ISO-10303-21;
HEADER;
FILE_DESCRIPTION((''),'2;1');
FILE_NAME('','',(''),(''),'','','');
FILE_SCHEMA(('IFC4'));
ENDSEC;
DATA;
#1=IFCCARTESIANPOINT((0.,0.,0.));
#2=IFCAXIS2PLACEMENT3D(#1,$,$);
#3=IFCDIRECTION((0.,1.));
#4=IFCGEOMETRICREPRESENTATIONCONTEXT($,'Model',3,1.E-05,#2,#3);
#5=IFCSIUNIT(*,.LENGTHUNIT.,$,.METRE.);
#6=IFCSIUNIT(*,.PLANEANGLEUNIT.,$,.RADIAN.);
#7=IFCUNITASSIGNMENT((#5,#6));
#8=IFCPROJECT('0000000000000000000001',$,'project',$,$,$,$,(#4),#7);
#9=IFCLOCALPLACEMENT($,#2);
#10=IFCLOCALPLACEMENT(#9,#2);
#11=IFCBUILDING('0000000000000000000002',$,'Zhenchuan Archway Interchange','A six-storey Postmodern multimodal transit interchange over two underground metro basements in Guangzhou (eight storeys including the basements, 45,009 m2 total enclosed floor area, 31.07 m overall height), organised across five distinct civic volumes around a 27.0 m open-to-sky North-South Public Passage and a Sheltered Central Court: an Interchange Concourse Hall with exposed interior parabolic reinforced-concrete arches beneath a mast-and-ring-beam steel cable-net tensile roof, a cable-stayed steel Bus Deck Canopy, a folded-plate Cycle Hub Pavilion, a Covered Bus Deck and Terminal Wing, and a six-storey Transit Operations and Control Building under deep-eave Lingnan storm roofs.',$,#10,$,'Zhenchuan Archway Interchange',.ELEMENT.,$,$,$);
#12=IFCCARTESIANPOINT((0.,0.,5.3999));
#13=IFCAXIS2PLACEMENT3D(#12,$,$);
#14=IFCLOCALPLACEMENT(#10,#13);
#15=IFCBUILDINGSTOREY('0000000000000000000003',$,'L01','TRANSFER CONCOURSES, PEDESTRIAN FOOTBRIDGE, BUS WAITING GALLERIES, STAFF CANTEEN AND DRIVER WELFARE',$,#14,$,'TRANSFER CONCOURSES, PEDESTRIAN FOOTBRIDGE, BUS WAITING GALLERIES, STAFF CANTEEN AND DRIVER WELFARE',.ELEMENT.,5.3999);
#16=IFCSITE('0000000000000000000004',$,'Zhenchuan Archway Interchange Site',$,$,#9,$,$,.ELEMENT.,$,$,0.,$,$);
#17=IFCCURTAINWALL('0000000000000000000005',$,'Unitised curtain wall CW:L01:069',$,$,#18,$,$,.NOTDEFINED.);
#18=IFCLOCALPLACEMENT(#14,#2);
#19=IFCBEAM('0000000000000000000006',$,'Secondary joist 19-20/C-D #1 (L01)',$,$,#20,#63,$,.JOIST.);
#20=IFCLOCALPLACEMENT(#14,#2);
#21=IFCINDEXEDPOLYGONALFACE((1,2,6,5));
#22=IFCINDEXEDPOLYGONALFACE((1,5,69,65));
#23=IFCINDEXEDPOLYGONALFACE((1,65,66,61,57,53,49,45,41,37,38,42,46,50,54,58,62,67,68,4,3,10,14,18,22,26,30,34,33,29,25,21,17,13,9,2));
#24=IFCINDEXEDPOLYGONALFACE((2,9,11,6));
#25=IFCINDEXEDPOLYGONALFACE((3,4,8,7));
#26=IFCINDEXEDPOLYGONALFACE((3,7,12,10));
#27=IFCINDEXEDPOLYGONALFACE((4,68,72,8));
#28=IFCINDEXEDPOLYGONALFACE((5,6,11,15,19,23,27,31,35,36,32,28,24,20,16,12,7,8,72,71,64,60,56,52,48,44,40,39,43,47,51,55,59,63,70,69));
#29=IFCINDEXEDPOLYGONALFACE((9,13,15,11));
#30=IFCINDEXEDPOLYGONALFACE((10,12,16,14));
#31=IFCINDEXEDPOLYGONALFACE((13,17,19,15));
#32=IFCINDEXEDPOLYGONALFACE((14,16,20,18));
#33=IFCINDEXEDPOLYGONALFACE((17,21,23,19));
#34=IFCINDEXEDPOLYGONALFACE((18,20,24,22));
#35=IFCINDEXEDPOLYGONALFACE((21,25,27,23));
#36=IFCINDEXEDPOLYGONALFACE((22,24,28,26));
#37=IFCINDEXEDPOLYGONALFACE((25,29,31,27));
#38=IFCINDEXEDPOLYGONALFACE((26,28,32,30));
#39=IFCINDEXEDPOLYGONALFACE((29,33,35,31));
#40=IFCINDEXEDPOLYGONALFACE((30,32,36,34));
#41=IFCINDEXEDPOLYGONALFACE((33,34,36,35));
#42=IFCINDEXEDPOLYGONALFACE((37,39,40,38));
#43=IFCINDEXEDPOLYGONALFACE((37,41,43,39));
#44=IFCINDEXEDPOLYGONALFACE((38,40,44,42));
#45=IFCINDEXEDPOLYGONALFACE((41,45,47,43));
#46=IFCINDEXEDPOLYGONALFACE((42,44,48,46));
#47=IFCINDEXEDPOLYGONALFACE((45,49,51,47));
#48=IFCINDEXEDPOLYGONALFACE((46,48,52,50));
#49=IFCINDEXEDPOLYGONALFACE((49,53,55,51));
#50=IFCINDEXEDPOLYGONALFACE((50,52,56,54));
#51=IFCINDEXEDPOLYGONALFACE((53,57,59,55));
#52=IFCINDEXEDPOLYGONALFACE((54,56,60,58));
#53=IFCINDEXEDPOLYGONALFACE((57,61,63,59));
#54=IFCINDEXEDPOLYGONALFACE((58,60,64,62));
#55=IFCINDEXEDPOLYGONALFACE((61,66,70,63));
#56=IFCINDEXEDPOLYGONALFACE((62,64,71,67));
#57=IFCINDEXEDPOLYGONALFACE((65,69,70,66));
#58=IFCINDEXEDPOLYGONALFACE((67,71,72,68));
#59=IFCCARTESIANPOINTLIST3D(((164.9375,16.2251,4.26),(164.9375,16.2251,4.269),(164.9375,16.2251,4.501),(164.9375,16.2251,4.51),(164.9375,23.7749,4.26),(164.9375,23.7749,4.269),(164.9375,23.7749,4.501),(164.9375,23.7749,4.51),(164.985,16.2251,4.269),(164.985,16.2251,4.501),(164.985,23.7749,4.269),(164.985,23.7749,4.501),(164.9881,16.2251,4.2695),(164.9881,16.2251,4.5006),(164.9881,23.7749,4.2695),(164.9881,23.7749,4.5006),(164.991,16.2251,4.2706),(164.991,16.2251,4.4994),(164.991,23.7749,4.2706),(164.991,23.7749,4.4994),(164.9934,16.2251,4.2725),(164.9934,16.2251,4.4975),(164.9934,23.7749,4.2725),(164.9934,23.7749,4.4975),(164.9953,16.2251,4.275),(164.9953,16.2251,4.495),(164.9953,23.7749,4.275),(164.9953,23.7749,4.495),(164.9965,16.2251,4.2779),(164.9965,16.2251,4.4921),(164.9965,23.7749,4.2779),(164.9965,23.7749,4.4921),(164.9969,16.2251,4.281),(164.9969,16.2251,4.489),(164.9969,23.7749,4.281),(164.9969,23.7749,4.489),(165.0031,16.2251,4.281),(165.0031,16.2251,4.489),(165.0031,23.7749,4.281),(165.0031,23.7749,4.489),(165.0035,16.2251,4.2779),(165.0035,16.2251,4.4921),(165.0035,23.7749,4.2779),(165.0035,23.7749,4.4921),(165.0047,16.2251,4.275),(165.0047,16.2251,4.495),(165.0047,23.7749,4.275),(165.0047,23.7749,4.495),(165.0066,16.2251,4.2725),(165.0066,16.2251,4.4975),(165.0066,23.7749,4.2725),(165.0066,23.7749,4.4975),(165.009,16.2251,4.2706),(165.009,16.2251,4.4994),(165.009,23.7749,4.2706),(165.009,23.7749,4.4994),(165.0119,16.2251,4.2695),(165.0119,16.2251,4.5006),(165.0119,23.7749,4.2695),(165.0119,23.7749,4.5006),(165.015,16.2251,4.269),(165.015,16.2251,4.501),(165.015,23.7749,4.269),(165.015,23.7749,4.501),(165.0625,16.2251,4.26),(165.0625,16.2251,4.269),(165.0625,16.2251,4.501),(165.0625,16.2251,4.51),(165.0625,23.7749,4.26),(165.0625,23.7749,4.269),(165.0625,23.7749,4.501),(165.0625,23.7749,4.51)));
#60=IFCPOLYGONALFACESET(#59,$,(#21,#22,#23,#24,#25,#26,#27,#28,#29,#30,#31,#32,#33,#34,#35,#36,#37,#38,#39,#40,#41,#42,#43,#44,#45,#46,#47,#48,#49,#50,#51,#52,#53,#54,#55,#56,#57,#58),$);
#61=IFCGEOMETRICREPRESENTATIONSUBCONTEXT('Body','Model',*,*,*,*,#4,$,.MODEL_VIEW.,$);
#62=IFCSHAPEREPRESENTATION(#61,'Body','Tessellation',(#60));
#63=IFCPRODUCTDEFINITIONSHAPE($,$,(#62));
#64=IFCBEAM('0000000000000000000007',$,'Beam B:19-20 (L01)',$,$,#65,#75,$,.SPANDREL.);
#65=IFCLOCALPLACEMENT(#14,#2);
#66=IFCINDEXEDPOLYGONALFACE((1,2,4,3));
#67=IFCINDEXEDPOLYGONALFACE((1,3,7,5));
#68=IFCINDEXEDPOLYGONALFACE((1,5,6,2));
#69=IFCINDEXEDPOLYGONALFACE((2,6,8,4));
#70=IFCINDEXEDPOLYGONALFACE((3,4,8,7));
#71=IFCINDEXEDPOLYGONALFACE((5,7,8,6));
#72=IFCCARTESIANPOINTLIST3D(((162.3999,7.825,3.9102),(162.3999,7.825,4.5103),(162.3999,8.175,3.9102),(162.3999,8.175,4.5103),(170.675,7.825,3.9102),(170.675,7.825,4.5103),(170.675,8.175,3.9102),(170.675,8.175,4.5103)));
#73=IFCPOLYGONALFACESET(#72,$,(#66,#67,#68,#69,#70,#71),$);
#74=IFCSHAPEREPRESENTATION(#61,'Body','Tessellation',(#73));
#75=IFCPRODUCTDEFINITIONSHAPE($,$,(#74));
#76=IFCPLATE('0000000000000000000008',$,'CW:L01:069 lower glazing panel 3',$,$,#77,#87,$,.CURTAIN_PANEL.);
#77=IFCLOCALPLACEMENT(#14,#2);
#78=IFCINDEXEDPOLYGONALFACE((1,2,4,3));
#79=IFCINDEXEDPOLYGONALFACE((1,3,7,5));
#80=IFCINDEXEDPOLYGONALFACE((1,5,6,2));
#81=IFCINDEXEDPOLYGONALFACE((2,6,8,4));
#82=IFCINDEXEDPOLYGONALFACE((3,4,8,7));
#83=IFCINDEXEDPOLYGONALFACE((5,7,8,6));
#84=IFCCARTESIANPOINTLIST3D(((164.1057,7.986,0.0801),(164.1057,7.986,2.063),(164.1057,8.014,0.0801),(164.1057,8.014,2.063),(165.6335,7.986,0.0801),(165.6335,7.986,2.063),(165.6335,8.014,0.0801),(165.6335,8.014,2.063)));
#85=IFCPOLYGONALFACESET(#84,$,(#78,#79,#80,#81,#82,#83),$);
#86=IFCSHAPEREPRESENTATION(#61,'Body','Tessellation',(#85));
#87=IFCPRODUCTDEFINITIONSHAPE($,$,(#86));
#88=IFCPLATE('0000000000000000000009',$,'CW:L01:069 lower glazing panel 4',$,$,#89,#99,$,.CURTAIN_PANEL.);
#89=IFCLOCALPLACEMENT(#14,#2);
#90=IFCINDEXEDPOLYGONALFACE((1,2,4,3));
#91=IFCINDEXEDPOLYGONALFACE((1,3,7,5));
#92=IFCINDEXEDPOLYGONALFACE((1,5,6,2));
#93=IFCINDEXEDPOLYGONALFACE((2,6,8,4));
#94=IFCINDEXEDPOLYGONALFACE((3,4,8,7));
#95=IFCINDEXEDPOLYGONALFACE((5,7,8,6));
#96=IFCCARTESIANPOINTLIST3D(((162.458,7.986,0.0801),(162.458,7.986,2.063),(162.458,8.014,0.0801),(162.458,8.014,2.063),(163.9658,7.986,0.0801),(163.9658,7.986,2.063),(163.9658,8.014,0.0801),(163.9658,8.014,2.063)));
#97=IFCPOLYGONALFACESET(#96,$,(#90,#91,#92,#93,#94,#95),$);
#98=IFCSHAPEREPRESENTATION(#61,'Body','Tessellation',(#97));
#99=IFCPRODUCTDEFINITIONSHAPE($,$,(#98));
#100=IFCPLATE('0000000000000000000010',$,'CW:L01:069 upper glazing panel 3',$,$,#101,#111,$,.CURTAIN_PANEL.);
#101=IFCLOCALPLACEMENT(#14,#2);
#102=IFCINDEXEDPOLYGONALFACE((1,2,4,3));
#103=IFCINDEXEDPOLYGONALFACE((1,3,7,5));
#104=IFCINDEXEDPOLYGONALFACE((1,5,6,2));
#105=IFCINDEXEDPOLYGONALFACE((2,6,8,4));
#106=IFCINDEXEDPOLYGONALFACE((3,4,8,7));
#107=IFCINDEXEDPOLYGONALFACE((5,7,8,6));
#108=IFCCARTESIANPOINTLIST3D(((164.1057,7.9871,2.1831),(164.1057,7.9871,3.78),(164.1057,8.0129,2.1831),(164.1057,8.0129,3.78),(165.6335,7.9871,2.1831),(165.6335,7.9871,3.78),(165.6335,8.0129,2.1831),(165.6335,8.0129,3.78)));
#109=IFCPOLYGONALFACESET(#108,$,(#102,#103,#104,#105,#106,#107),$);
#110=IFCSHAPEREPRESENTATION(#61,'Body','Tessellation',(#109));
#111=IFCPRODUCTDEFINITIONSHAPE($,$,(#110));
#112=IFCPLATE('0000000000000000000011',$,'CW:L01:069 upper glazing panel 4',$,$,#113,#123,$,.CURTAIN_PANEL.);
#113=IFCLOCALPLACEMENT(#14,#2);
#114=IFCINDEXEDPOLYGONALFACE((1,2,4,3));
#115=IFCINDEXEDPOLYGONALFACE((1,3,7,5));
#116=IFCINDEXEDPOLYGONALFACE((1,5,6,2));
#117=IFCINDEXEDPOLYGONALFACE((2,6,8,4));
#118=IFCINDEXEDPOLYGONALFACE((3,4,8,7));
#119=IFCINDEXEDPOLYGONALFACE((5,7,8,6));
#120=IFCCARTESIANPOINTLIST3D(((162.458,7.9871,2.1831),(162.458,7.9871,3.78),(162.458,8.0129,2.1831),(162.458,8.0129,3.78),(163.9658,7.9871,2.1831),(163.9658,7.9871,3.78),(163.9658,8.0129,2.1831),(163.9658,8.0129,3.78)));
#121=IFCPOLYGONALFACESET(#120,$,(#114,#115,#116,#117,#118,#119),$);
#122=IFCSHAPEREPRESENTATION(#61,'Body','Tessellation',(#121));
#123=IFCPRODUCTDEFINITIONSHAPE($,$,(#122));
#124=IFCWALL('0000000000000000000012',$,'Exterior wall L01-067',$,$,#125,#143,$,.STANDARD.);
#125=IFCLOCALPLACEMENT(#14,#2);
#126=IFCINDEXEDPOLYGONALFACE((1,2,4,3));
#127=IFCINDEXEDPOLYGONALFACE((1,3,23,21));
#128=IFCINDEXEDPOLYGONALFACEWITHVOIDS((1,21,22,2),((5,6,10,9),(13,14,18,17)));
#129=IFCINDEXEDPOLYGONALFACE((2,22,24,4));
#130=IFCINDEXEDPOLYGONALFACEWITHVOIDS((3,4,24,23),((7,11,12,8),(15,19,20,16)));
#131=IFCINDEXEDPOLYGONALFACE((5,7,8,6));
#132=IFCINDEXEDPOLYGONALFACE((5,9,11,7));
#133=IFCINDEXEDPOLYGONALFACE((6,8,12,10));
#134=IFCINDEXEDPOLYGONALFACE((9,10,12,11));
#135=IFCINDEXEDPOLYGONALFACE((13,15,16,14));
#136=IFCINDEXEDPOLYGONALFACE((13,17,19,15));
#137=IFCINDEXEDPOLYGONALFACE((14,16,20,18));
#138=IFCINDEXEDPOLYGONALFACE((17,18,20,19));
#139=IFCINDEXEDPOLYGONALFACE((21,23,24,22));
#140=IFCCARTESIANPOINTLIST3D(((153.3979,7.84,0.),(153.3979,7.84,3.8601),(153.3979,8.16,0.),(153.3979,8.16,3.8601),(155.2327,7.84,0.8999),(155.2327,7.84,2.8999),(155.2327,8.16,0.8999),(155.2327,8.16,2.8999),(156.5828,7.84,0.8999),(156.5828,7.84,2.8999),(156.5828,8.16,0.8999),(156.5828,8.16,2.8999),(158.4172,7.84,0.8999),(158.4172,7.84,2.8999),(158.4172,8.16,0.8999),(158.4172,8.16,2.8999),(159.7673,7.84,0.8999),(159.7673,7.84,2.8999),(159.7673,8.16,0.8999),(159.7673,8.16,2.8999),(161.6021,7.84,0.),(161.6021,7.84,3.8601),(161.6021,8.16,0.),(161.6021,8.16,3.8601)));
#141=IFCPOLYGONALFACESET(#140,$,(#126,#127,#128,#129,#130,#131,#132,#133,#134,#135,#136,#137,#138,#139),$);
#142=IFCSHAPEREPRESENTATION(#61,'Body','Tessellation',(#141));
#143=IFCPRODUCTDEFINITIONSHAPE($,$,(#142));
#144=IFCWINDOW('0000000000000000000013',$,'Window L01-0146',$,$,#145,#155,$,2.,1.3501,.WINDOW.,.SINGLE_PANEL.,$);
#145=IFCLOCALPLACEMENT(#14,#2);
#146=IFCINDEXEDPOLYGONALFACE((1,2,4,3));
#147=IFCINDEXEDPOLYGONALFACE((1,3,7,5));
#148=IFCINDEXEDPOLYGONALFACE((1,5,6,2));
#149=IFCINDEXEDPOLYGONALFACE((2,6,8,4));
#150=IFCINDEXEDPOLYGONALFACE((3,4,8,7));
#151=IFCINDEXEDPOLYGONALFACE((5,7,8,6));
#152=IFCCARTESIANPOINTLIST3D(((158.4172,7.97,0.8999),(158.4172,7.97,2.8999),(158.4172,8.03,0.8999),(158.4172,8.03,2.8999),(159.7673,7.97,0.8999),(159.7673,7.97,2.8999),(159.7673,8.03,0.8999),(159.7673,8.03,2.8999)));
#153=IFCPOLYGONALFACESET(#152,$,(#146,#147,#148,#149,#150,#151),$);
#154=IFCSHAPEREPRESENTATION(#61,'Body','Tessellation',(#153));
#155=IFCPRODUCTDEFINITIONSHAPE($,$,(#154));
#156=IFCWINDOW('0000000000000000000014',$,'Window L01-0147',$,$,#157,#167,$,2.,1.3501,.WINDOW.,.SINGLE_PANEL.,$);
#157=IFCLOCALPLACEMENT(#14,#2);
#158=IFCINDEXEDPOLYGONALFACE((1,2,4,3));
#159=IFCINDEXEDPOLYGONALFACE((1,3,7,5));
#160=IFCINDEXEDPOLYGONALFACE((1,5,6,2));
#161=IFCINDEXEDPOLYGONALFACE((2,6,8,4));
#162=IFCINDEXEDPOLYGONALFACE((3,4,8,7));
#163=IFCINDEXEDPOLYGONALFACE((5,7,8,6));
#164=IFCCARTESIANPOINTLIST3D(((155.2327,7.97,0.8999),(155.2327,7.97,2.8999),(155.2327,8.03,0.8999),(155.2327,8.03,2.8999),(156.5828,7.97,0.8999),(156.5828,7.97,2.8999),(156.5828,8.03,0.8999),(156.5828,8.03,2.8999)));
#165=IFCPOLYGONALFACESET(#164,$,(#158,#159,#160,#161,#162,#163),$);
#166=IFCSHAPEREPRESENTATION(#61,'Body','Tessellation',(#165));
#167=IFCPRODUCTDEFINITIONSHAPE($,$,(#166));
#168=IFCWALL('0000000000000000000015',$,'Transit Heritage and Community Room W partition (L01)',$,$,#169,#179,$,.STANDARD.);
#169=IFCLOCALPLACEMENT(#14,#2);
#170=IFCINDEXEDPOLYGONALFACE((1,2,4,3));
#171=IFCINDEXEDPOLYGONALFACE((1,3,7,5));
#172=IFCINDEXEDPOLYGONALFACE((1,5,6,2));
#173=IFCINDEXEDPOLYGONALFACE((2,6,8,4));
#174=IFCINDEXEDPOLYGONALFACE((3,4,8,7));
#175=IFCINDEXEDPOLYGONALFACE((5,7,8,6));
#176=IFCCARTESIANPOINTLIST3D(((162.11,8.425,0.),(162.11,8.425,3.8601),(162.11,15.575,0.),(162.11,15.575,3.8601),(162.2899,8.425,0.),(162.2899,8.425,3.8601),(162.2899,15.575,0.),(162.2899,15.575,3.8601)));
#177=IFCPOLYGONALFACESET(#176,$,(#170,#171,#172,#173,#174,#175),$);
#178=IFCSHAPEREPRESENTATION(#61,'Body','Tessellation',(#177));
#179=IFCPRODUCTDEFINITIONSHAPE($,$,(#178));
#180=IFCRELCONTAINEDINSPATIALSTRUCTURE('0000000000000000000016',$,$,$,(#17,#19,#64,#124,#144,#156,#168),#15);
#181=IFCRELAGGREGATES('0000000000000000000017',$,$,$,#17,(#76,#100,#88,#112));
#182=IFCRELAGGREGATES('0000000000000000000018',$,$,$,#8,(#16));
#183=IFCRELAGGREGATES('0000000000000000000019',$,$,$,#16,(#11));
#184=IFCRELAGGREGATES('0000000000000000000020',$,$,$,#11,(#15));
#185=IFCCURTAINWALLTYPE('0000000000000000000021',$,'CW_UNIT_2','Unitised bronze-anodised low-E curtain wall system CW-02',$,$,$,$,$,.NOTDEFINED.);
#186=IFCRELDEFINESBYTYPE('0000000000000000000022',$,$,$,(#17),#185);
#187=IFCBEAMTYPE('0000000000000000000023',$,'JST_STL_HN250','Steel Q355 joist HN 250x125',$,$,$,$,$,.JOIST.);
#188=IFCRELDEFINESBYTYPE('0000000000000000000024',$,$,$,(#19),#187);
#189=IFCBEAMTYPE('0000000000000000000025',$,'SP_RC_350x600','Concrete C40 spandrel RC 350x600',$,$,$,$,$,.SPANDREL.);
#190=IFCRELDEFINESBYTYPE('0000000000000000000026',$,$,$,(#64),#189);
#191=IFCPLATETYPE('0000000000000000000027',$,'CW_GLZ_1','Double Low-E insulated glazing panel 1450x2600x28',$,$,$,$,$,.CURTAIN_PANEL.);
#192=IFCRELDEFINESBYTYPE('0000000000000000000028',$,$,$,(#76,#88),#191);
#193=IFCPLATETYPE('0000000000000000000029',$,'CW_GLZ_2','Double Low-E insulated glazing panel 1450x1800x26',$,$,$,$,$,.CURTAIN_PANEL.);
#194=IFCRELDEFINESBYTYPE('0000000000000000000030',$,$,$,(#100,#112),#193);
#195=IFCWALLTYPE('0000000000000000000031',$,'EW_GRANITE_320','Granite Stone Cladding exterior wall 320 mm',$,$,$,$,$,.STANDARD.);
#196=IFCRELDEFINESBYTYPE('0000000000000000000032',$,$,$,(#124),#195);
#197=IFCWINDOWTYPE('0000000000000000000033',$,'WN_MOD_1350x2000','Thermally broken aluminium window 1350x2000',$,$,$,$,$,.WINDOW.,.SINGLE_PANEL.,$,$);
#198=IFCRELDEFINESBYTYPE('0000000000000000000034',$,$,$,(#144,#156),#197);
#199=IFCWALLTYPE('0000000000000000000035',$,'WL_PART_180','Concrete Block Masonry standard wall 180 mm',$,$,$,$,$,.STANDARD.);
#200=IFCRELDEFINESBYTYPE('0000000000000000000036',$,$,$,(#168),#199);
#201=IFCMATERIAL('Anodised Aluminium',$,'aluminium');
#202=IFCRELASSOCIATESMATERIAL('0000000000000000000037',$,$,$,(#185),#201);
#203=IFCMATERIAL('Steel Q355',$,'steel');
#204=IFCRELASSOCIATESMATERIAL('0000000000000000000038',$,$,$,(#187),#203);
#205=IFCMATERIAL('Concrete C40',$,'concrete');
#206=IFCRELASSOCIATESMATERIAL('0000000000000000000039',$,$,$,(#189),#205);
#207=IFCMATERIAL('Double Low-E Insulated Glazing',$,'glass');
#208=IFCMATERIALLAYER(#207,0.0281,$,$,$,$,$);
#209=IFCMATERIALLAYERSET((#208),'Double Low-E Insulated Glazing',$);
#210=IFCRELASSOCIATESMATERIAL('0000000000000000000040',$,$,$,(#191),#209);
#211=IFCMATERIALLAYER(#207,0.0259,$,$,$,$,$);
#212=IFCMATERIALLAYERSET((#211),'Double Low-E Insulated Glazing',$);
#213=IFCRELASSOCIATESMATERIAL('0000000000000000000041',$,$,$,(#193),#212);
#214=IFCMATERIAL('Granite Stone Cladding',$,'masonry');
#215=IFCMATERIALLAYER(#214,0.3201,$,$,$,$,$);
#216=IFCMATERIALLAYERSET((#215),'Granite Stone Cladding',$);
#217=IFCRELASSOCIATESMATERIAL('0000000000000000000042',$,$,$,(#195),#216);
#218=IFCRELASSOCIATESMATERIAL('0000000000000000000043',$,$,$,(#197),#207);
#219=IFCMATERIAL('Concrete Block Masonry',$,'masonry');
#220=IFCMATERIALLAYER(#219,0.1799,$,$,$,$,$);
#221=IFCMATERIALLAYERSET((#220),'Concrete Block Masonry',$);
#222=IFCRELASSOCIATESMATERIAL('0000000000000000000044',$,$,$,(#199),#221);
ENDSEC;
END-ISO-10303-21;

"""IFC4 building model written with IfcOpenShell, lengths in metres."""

from ifc_helpers import new_model, si_unit, direction, frame, frame_2d, origin, origin_2d, place, context, subcontext, project, spatial, rectangle, i_section, extrude, material, layer, layer_set, material_profile, profile_set, type_object, element, fill, aggregate, save


model = new_model("IFC4")

# Units and contexts
model_context = context("Model", 3, precision=1e-05, world=origin(), true_north=direction((0.0, 1.0)))
body_context = subcontext(model_context, "Body", "Model", "MODEL_VIEW")
ifc_project = project(units=[si_unit("LENGTHUNIT", "METRE"), si_unit("PLANEANGLEUNIT", "RADIAN")], contexts=[model_context])

# Site, building, storey
site_placement = place(None, origin())
site = spatial("IfcSite", under=ifc_project, at=site_placement, Name="Zhenchuan Archway Interchange Site", CompositionType="ELEMENT", RefElevation=0.0)
building_placement = place(site_placement, origin())
building = spatial("IfcBuilding", under=site, at=building_placement, Name="Zhenchuan Archway Interchange", Description="A six-storey Postmodern multimodal transit interchange over two underground metro basements in Guangzhou (eight storeys including the basements, 45,009 m2 total enclosed floor area, 31.07 m overall height), organised across five distinct civic volumes around a 27.0 m open-to-sky North-South Public Passage and a Sheltered Central Court: an Interchange Concourse Hall with exposed interior parabolic reinforced-concrete arches beneath a mast-and-ring-beam steel cable-net tensile roof, a cable-stayed steel Bus Deck Canopy, a folded-plate Cycle Hub Pavilion, a Covered Bus Deck and Terminal Wing, and a six-storey Transit Operations and Control Building under deep-eave Lingnan storm roofs.", LongName="Zhenchuan Archway Interchange", CompositionType="ELEMENT")
storey_placement = place(building_placement, frame((0.0, 0.0, 5.3999)))
storey = spatial("IfcBuildingStorey", under=building, at=storey_placement, Name="L01", Description="TRANSFER CONCOURSES, PEDESTRIAN FOOTBRIDGE, BUS WAITING GALLERIES, STAFF CANTEEN AND DRIVER WELFARE", LongName="TRANSFER CONCOURSES, PEDESTRIAN FOOTBRIDGE, BUS WAITING GALLERIES, STAFF CANTEEN AND DRIVER WELFARE", CompositionType="ELEMENT", Elevation=5.3999)

# Shared definitions
ifc_material_1 = material(Name="Concrete C40", Category="concrete")

# Curtain wall
ifc_material_2 = material(Name="Anodised Aluminium", Category="aluminium")
curtain_wall_type = type_object("IfcCurtainWallType", Name="CW_UNIT_2", Description="Unitised bronze-anodised low-E curtain wall system CW-02", PredefinedType="NOTDEFINED", material=ifc_material_2)
curtain_wall_placement = place(storey_placement, origin())
curtain_wall = element("IfcCurtainWall", 1, at=curtain_wall_placement, inside=storey, type_object=curtain_wall_type, Name="Unitised curtain wall CW:L01:069", PredefinedType="NOTDEFINED")

# Beams
ifc_material_3 = material(Name="Steel Q355", Category="steel")
ifc_material_profile_1 = material_profile(ifc_material_3, i_section(OverallWidth=0.125, OverallDepth=0.25, WebThickness=0.0061, FlangeThickness=0.009, FilletRadius=0.012, at=origin_2d()), Name="HN 250x125")
ifc_profile_set_1 = profile_set([ifc_material_profile_1], Name="Steel Q355")
beam_type_1 = type_object("IfcBeamType", Name="JST_STL_HN250", Description="Steel Q355 joist HN 250x125", PredefinedType="JOIST", material=ifc_profile_set_1)
beam_1_placement = place(storey_placement, frame((165.0, 16.2251, 4.385), z_axis=(0.0, 1.0, 0.0), x_axis=(-1.0, 0.0, 0.0)))
element("IfcBeam", 2, at=beam_1_placement, inside=storey, type_object=beam_type_1, Name="Secondary joist 19-20/C-D #1 (L01)", PredefinedType="JOIST", context=body_context, shape_type="SweptSolid", body=[
    extrude(i_section(OverallWidth=0.125, OverallDepth=0.25, WebThickness=0.0061, FlangeThickness=0.009, FilletRadius=0.012, at=origin_2d()), origin(), (0.0, 0.0, 1.0), 7.5498),
])
ifc_material_profile_2 = material_profile(ifc_material_1, rectangle(XDim=0.3501, YDim=0.6001, at=origin_2d()), Name="RC 350x600")
ifc_profile_set_2 = profile_set([ifc_material_profile_2], Name="Concrete C40")
beam_type_2 = type_object("IfcBeamType", Name="SP_RC_350x600", Description="Concrete C40 spandrel RC 350x600", PredefinedType="SPANDREL", material=ifc_profile_set_2)
beam_2_placement = place(storey_placement, frame((162.3999, 8.0, 4.2102), z_axis=(1.0, 0.0, 0.0), x_axis=(0.0, 1.0, 0.0)))
element("IfcBeam", 3, at=beam_2_placement, inside=storey, type_object=beam_type_2, Name="Beam B:19-20 (L01)", PredefinedType="SPANDREL", context=body_context, shape_type="SweptSolid", body=[
    extrude(rectangle(XDim=0.3501, YDim=0.6001, at=origin_2d()), origin(), (0.0, 0.0, 1.0), 8.2751),
])

# Plates
ifc_material_4 = material(Name="Double Low-E Insulated Glazing", Category="glass")
ifc_layer_1 = layer(ifc_material_4, 0.0281)
ifc_layer_set_1 = layer_set([ifc_layer_1], Name="Double Low-E Insulated Glazing")
plate_type_1 = type_object("IfcPlateType", Name="CW_GLZ_1", Description="Double Low-E insulated glazing panel 1450x2600x28", PredefinedType="CURTAIN_PANEL", material=ifc_layer_set_1)
plate_1_placement = place(storey_placement, frame((164.8696, 8.0, 0.0801), z_axis=(0.0, 0.0, 1.0), x_axis=(-1.0, 0.0, 0.0)))
plate_1 = element("IfcPlate", 4, at=plate_1_placement, type_object=plate_type_1, Name="CW:L01:069 lower glazing panel 3", PredefinedType="CURTAIN_PANEL", context=body_context, shape_type="SweptSolid", body=[
    extrude(rectangle(XDim=1.5278, YDim=0.0281, at=origin_2d()), origin(), (0.0, 0.0, 1.0), 1.9829),
])
plate_2_placement = place(storey_placement, frame((163.2119, 8.0, 0.0801), z_axis=(0.0, 0.0, 1.0), x_axis=(-1.0, 0.0, 0.0)))
plate_2 = element("IfcPlate", 5, at=plate_2_placement, type_object=plate_type_1, Name="CW:L01:069 lower glazing panel 4", PredefinedType="CURTAIN_PANEL", context=body_context, shape_type="SweptSolid", body=[
    extrude(rectangle(XDim=1.5078, YDim=0.0281, at=origin_2d()), origin(), (0.0, 0.0, 1.0), 1.9829),
])
ifc_layer_2 = layer(ifc_material_4, 0.0259)
ifc_layer_set_2 = layer_set([ifc_layer_2], Name="Double Low-E Insulated Glazing")
plate_type_2 = type_object("IfcPlateType", Name="CW_GLZ_2", Description="Double Low-E insulated glazing panel 1450x1800x26", PredefinedType="CURTAIN_PANEL", material=ifc_layer_set_2)
plate_3_placement = place(storey_placement, frame((164.8696, 8.0, 2.1831), z_axis=(0.0, 0.0, 1.0), x_axis=(-1.0, 0.0, 0.0)))
plate_3 = element("IfcPlate", 6, at=plate_3_placement, type_object=plate_type_2, Name="CW:L01:069 upper glazing panel 3", PredefinedType="CURTAIN_PANEL", context=body_context, shape_type="SweptSolid", body=[
    extrude(rectangle(XDim=1.5278, YDim=0.0259, at=origin_2d()), origin(), (0.0, 0.0, 1.0), 1.5969),
])
plate_4_placement = place(storey_placement, frame((163.2119, 8.0, 2.1831), z_axis=(0.0, 0.0, 1.0), x_axis=(-1.0, 0.0, 0.0)))
plate_4 = element("IfcPlate", 7, at=plate_4_placement, type_object=plate_type_2, Name="CW:L01:069 upper glazing panel 4", PredefinedType="CURTAIN_PANEL", context=body_context, shape_type="SweptSolid", body=[
    extrude(rectangle(XDim=1.5078, YDim=0.0259, at=origin_2d()), origin(), (0.0, 0.0, 1.0), 1.5969),
])
aggregate(curtain_wall, [plate_1, plate_3, plate_2, plate_4])

# Wall, openings, windows
ifc_material_5 = material(Name="Granite Stone Cladding", Category="masonry")
ifc_layer_3 = layer(ifc_material_5, 0.3201)
ifc_layer_set_3 = layer_set([ifc_layer_3], Name="Granite Stone Cladding")
wall_type_1 = type_object("IfcWallType", Name="EW_GRANITE_320", Description="Granite Stone Cladding exterior wall 320 mm", PredefinedType="STANDARD", material=ifc_layer_set_3)
wall_1_placement = place(storey_placement, frame((161.6021, 8.0, 0.0), z_axis=(0.0, 0.0, 1.0), x_axis=(-1.0, 0.0, 0.0)))
wall_1 = element("IfcWall", 8, at=wall_1_placement, inside=storey, type_object=wall_type_1, Name="Exterior wall L01-067", PredefinedType="STANDARD", context=body_context, shape_type="SweptSolid", body=[
    extrude(rectangle(XDim=8.2041, YDim=0.3201, at=frame_2d((4.1021, 0.0))), origin(), (0.0, 0.0, 1.0), 3.8601),
])
opening_1_placement = place(wall_1_placement, frame((1.8347, 0.0, 0.8999)))
opening_1 = element("IfcOpeningElement", 9, at=opening_1_placement, cuts=wall_1, PredefinedType="OPENING", context=body_context, shape_type="SweptSolid", body=[
    extrude(rectangle(XDim=1.3501, YDim=2.0, at=frame_2d((0.675, 1.0))), frame((0.0, 0.1719, 0.0), z_axis=(0.0, -1.0, 0.0), x_axis=(1.0, 0.0, 0.0)), (0.0, 0.0, 1.0), 0.344),
])
opening_2_placement = place(wall_1_placement, frame((5.0193, 0.0, 0.8999)))
opening_2 = element("IfcOpeningElement", 10, at=opening_2_placement, cuts=wall_1, PredefinedType="OPENING", context=body_context, shape_type="SweptSolid", body=[
    extrude(rectangle(XDim=1.3501, YDim=2.0, at=frame_2d((0.675, 1.0))), frame((0.0, 0.1719, 0.0), z_axis=(0.0, -1.0, 0.0), x_axis=(1.0, 0.0, 0.0)), (0.0, 0.0, 1.0), 0.344),
])
window_type = type_object("IfcWindowType", Name="WN_MOD_1350x2000", Description="Thermally broken aluminium window 1350x2000", PartitioningType="SINGLE_PANEL", PredefinedType="WINDOW", material=ifc_material_4)
window_1_placement = place(opening_1_placement, origin())
window_1 = element("IfcWindow", 11, at=window_1_placement, inside=storey, type_object=window_type, Name="Window L01-0146", OverallHeight=2.0, OverallWidth=1.3501, PartitioningType="SINGLE_PANEL", PredefinedType="WINDOW", context=body_context, shape_type="SweptSolid", body=[
    extrude(rectangle(XDim=1.3501, YDim=2.0, at=frame_2d((0.675, 1.0))), frame((0.0, 0.03, 0.0), z_axis=(0.0, -1.0, 0.0), x_axis=(1.0, 0.0, 0.0)), (0.0, 0.0, 1.0), 0.0601),
])
fill(opening_1, window_1)
window_2_placement = place(opening_2_placement, origin())
window_2 = element("IfcWindow", 12, at=window_2_placement, inside=storey, type_object=window_type, Name="Window L01-0147", OverallHeight=2.0, OverallWidth=1.3501, PartitioningType="SINGLE_PANEL", PredefinedType="WINDOW", context=body_context, shape_type="SweptSolid", body=[
    extrude(rectangle(XDim=1.3501, YDim=2.0, at=frame_2d((0.675, 1.0))), frame((0.0, 0.03, 0.0), z_axis=(0.0, -1.0, 0.0), x_axis=(1.0, 0.0, 0.0)), (0.0, 0.0, 1.0), 0.0601),
])
fill(opening_2, window_2)

# Wall
ifc_material_6 = material(Name="Concrete Block Masonry", Category="masonry")
ifc_layer_4 = layer(ifc_material_6, 0.1799)
ifc_layer_set_4 = layer_set([ifc_layer_4], Name="Concrete Block Masonry")
wall_type_2 = type_object("IfcWallType", Name="WL_PART_180", Description="Concrete Block Masonry standard wall 180 mm", PredefinedType="STANDARD", material=ifc_layer_set_4)
wall_2_placement = place(storey_placement, frame((162.2, 8.425, 0.0), z_axis=(0.0, 0.0, 1.0), x_axis=(0.0, 1.0, 0.0)))
element("IfcWall", 13, at=wall_2_placement, inside=storey, type_object=wall_type_2, Name="Transit Heritage and Community Room W partition (L01)", PredefinedType="STANDARD", context=body_context, shape_type="SweptSolid", body=[
    extrude(rectangle(XDim=7.1499, YDim=0.1799, at=frame_2d((3.575, 0.0))), origin(), (0.0, 0.0, 1.0), 3.8601),
])

save(model, "model.ifc")
